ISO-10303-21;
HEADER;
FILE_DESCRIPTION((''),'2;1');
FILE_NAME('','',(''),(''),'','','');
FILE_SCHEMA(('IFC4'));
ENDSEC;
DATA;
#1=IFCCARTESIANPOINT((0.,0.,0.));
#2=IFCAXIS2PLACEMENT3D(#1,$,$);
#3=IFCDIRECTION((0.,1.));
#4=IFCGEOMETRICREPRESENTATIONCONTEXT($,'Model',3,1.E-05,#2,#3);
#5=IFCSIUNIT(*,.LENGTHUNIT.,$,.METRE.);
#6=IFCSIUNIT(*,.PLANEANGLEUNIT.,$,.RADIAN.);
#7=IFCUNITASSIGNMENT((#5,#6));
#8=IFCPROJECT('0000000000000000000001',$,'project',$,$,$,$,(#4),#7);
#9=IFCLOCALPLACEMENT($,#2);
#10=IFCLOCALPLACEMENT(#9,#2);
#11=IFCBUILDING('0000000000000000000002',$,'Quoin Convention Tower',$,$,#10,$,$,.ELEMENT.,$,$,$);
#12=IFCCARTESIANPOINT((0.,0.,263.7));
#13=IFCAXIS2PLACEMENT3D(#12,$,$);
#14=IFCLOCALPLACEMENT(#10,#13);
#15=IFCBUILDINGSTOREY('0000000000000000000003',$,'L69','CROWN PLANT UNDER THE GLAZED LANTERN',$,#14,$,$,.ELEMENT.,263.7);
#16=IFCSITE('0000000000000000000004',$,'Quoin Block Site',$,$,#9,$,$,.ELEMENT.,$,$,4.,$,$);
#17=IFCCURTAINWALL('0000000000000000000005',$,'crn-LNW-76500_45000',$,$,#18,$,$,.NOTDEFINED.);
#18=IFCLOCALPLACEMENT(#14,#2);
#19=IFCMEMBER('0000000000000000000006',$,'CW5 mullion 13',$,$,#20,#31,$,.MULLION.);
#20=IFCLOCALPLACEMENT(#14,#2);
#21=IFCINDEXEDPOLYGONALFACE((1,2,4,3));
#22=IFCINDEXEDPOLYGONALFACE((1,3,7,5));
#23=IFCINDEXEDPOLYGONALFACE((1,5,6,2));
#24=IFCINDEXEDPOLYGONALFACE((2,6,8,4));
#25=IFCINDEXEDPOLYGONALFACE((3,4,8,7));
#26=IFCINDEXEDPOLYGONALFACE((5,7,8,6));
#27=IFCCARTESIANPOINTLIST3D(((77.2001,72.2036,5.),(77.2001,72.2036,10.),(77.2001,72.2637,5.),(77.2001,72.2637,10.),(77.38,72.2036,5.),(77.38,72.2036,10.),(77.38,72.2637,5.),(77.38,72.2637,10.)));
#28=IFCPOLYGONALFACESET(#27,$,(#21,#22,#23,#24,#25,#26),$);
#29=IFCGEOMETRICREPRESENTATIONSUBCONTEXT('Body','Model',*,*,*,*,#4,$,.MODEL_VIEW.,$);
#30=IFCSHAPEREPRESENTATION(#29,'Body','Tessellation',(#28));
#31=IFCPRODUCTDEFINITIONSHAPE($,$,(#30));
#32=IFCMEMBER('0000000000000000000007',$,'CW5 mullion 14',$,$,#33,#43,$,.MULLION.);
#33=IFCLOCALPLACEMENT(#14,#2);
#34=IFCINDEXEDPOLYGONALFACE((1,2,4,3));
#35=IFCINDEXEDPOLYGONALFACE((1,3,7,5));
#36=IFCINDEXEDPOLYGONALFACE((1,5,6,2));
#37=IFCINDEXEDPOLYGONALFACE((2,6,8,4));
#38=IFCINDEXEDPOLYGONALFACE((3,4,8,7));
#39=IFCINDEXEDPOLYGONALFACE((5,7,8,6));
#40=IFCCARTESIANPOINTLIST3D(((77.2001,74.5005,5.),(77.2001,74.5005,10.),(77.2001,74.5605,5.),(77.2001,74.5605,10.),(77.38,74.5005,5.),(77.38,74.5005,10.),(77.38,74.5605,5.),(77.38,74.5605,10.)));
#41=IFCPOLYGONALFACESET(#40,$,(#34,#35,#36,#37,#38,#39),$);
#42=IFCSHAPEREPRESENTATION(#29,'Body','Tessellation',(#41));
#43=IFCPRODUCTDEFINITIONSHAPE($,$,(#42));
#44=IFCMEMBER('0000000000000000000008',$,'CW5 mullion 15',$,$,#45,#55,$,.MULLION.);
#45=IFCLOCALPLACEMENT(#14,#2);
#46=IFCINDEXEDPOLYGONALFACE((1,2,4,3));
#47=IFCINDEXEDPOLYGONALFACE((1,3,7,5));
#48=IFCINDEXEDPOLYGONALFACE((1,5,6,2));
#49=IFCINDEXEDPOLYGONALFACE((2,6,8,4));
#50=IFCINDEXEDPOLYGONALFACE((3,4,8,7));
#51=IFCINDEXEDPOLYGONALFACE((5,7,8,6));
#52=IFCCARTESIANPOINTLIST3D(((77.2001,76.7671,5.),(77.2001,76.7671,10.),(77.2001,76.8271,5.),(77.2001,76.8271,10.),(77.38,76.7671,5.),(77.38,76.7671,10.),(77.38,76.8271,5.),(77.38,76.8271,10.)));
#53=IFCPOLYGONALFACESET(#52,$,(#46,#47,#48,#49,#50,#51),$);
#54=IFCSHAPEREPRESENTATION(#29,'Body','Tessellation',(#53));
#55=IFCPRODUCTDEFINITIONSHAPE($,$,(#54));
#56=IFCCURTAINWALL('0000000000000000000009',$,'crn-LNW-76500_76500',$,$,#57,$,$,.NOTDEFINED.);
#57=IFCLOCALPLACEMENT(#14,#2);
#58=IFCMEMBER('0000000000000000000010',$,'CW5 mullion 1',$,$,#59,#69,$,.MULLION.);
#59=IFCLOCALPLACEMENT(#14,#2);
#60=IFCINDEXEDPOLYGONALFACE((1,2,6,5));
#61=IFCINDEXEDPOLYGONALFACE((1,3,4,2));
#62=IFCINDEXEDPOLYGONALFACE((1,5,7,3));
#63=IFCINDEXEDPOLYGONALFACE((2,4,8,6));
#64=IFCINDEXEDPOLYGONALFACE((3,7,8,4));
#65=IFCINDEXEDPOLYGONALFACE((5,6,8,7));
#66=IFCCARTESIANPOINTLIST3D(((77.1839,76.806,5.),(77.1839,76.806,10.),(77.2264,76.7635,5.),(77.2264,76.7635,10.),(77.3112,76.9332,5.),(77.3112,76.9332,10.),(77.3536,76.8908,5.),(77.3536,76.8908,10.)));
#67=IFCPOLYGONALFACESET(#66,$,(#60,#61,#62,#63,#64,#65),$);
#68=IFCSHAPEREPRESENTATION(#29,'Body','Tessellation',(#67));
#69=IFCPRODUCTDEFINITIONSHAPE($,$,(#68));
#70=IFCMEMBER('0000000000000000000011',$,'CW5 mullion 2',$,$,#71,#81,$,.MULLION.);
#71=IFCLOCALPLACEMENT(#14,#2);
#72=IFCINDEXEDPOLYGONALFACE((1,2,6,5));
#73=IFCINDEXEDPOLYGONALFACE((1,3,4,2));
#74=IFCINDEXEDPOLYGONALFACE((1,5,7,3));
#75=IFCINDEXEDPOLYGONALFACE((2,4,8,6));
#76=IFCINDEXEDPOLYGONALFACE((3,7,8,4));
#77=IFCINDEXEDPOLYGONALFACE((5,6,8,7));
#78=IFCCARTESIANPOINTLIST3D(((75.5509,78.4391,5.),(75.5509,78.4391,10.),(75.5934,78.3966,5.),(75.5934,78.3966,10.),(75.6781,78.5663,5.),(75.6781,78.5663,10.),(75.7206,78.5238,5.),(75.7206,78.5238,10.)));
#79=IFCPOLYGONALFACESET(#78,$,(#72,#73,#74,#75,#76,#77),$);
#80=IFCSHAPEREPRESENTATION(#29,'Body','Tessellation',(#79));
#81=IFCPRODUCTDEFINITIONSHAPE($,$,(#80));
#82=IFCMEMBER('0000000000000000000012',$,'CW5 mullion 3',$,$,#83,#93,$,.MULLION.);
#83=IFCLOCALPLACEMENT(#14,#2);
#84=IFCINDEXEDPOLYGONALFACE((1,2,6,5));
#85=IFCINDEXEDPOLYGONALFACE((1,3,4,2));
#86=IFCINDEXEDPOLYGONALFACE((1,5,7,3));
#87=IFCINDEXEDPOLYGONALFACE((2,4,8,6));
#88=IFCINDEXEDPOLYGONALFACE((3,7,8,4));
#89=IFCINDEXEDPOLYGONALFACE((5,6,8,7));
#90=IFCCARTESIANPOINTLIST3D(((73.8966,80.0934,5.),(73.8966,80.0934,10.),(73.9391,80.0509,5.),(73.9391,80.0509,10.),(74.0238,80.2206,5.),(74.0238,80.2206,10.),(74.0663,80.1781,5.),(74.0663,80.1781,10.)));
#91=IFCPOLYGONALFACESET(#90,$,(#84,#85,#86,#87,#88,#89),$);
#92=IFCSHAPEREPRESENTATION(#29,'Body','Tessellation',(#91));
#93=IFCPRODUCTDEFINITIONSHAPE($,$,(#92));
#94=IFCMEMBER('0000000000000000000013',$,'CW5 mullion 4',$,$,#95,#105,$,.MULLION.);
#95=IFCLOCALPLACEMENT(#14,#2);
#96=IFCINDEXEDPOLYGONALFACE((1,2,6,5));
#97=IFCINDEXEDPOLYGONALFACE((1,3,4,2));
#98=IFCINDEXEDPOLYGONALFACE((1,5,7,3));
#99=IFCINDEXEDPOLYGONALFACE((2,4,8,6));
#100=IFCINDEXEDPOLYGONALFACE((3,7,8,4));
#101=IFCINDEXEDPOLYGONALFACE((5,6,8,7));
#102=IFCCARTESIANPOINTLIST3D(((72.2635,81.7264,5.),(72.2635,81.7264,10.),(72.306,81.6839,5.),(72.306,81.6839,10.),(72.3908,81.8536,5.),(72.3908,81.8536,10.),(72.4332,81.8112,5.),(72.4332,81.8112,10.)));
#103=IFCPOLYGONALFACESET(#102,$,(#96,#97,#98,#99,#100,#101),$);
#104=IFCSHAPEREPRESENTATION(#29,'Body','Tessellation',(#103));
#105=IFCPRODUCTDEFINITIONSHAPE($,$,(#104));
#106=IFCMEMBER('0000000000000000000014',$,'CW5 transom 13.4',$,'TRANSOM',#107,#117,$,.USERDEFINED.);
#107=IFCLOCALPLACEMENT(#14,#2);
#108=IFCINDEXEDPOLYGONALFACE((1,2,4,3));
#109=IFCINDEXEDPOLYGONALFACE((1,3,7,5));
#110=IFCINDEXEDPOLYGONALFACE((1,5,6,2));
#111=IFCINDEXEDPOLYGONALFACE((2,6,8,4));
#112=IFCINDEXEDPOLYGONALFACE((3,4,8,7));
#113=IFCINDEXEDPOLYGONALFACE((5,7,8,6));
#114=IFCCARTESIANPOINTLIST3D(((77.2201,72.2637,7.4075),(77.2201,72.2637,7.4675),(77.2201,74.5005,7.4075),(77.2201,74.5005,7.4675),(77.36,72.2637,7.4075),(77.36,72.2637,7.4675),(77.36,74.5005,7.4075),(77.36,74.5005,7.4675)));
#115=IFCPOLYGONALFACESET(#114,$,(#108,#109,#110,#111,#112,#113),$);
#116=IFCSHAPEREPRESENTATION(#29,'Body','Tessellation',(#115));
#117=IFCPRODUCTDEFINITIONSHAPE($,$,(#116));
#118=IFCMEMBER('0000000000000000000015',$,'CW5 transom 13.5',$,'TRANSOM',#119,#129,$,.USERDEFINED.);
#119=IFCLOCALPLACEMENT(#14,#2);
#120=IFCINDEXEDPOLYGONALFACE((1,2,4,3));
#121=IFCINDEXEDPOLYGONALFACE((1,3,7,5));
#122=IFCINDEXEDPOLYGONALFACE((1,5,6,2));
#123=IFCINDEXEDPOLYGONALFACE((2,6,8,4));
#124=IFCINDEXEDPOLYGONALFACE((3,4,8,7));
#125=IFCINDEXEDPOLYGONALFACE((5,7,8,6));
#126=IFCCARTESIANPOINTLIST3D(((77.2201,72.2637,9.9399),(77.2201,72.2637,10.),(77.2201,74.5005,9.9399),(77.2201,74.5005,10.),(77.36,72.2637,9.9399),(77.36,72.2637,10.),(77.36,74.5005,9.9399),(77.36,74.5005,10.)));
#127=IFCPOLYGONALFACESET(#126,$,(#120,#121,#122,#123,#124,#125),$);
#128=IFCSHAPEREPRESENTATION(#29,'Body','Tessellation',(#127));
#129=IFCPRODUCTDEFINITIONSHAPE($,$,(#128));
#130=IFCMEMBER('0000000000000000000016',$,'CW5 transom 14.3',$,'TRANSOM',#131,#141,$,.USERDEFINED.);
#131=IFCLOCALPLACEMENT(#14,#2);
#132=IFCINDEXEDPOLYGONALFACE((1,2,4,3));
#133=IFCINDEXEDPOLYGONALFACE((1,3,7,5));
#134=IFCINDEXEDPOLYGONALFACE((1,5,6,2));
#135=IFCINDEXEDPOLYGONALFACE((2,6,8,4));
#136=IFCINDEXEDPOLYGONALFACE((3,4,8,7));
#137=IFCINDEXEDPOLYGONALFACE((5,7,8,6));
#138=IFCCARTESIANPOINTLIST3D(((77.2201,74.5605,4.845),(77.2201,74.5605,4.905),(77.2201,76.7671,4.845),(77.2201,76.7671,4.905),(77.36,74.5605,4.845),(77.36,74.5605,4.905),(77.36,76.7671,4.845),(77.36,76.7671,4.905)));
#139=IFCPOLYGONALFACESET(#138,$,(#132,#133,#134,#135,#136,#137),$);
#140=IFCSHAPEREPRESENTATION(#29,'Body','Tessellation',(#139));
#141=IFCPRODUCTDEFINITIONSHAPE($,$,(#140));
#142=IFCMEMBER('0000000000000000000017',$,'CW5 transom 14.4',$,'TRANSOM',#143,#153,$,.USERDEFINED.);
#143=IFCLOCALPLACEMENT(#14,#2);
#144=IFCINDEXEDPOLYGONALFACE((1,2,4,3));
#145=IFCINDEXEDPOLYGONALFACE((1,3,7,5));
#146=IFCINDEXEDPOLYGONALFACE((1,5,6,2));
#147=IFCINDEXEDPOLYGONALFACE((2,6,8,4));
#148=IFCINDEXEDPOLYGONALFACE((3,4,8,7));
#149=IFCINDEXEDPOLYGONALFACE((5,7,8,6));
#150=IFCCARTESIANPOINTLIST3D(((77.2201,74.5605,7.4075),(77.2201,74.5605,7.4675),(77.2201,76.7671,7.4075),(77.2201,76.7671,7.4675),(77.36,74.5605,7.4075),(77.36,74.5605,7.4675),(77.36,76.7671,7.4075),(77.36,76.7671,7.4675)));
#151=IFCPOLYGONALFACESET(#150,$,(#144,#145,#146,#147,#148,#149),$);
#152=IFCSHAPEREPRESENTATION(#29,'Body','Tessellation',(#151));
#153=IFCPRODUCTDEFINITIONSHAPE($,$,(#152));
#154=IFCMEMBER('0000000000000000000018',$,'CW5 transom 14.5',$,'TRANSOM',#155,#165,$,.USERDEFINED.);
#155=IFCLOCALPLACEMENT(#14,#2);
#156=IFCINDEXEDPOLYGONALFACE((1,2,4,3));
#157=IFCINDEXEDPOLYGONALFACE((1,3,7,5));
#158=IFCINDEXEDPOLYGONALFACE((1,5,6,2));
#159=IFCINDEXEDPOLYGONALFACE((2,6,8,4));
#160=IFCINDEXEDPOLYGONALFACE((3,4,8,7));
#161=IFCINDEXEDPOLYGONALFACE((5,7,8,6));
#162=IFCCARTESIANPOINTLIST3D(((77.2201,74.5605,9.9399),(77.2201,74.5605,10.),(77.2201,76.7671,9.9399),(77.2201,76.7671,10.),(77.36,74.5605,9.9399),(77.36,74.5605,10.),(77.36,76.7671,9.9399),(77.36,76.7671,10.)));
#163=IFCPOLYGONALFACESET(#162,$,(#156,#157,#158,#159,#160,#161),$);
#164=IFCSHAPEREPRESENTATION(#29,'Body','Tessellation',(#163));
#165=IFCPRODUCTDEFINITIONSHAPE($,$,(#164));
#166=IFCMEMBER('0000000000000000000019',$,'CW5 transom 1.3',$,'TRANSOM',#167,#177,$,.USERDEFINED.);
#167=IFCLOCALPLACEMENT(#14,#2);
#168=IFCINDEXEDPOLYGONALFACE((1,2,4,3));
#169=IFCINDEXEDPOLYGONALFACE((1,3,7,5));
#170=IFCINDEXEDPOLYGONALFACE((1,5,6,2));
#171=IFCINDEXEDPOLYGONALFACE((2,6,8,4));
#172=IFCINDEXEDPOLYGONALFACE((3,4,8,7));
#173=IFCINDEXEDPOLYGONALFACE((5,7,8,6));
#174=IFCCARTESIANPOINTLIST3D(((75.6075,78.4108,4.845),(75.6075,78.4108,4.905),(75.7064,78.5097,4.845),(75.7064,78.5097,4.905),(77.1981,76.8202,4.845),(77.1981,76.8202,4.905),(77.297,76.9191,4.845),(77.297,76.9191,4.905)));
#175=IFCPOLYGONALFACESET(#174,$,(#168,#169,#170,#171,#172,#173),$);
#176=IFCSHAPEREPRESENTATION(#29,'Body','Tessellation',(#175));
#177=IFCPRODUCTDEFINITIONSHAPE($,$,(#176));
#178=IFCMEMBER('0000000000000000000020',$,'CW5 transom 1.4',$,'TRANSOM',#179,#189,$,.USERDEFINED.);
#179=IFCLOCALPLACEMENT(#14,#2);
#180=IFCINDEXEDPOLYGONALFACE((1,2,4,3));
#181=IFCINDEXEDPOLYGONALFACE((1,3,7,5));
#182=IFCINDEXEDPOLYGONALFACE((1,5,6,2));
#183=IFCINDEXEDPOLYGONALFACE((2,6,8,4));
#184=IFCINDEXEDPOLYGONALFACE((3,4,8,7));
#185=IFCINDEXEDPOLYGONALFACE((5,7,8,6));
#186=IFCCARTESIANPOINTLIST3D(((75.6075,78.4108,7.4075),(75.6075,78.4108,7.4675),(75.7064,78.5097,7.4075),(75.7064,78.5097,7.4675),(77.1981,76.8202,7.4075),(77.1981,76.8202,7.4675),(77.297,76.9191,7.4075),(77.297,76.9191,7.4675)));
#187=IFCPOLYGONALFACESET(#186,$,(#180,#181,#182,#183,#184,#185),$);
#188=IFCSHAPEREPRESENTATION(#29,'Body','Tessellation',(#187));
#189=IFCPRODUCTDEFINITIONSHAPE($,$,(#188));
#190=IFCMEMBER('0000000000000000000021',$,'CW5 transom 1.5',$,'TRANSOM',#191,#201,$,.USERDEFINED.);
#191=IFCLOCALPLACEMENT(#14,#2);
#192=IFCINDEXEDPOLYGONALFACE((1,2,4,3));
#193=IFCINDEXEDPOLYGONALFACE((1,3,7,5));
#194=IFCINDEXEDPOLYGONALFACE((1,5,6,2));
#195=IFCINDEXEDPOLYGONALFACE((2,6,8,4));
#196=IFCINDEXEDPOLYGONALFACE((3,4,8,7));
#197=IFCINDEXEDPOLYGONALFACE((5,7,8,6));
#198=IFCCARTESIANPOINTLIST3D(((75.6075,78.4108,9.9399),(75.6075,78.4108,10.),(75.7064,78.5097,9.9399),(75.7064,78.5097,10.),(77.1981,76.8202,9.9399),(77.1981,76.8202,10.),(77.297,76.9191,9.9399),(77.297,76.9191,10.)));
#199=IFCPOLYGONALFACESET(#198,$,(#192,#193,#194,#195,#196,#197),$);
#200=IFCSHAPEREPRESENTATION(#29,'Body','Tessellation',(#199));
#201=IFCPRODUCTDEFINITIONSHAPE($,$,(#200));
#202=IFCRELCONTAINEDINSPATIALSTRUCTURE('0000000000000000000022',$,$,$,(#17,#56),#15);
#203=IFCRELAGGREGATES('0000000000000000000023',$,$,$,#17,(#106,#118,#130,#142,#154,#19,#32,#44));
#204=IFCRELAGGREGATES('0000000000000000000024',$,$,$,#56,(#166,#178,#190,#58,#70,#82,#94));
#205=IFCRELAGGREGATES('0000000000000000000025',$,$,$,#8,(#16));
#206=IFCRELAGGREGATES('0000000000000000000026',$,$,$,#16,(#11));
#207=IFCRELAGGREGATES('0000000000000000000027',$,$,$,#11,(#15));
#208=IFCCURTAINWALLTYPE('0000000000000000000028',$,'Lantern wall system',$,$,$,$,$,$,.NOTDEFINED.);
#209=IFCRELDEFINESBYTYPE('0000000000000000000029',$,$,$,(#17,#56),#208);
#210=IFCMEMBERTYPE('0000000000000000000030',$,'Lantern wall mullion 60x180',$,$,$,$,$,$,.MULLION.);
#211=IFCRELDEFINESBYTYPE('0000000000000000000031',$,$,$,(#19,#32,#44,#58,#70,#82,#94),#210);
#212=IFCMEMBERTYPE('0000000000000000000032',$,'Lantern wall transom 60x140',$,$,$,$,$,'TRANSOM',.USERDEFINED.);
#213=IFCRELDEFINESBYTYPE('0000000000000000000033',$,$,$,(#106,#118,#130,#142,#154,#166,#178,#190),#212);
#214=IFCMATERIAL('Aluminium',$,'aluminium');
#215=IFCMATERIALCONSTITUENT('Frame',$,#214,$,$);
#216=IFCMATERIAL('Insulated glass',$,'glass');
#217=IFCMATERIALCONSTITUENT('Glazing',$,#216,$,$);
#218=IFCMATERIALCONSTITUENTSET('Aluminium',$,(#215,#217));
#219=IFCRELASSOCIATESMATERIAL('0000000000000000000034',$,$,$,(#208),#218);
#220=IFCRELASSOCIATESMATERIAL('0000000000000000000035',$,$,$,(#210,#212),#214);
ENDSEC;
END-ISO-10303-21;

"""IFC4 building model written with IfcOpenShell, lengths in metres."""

from ifc_helpers import new_model, si_unit, direction, frame, origin, origin_2d, place, context, subcontext, project, spatial, rectangle, extrude, material, constituent, constituent_set, material_profile, profile_set, type_object, element, aggregate, save


model = new_model("IFC4")

# Units and contexts
model_context = context("Model", 3, precision=1e-05, world=origin(), true_north=direction((0.0, 1.0)))
body_context = subcontext(model_context, "Body", "Model", "MODEL_VIEW")
ifc_project = project(units=[si_unit("LENGTHUNIT", "METRE"), si_unit("PLANEANGLEUNIT", "RADIAN")], contexts=[model_context])

# Site, building, storey
site_placement = place(None, origin())
site = spatial("IfcSite", under=ifc_project, at=site_placement, Name="Quoin Block Site", CompositionType="ELEMENT", RefElevation=4.0)
building_placement = place(site_placement, origin())
building = spatial("IfcBuilding", under=site, at=building_placement, Name="Quoin Convention Tower", CompositionType="ELEMENT")
storey_placement = place(building_placement, frame((0.0, 0.0, 263.7)))
storey = spatial("IfcBuildingStorey", under=building, at=storey_placement, Name="L69", Description="CROWN PLANT UNDER THE GLAZED LANTERN", CompositionType="ELEMENT", Elevation=263.7)

# Curtain walls, members
ifc_material_1 = material(Name="Aluminium", Category="aluminium")
ifc_constituent_1 = constituent(ifc_material_1, Name="Frame")
ifc_material_2 = material(Name="Insulated glass", Category="glass")
ifc_constituent_2 = constituent(ifc_material_2, Name="Glazing")
ifc_constituent_set = constituent_set(constituents=[ifc_constituent_1, ifc_constituent_2], Name="Aluminium")
curtain_wall_type = type_object("IfcCurtainWallType", Name="Lantern wall system", PredefinedType="NOTDEFINED", material=ifc_constituent_set)
curtain_wall_1_placement = place(storey_placement, origin())
curtain_wall_1 = element("IfcCurtainWall", 1, at=curtain_wall_1_placement, inside=storey, type_object=curtain_wall_type, Name="crn-LNW-76500_45000", PredefinedType="NOTDEFINED")
ifc_material_profile_1 = material_profile(ifc_material_1, rectangle(XDim=0.1799, YDim=0.0601, at=origin_2d()), Name="Lantern wall mullion 60x180")
ifc_profile_set_1 = profile_set([ifc_material_profile_1], Name="Aluminium")
member_type_1 = type_object("IfcMemberType", Name="Lantern wall mullion 60x180", PredefinedType="MULLION", material=ifc_profile_set_1)
member_1_placement = place(storey_placement, frame((77.29, 72.2336, 5.0), z_axis=(0.0, 0.0, 1.0), x_axis=(-1.0, 0.0, 0.0)))
member_1 = element("IfcMember", 2, at=member_1_placement, type_object=member_type_1, Name="CW5 mullion 13", PredefinedType="MULLION", context=body_context, shape_type="SweptSolid", body=[
    extrude(rectangle(XDim=0.1799, YDim=0.0601, at=origin_2d()), origin(), (0.0, 0.0, 1.0), 5.0),
])
member_2_placement = place(storey_placement, frame((77.29, 74.5305, 5.0), z_axis=(0.0, 0.0, 1.0), x_axis=(-1.0, 0.0, 0.0)))
member_2 = element("IfcMember", 3, at=member_2_placement, type_object=member_type_1, Name="CW5 mullion 14", PredefinedType="MULLION", context=body_context, shape_type="SweptSolid", body=[
    extrude(rectangle(XDim=0.1799, YDim=0.0601, at=origin_2d()), origin(), (0.0, 0.0, 1.0), 5.0),
])
member_3_placement = place(storey_placement, frame((77.29, 76.7971, 5.0), z_axis=(0.0, 0.0, 1.0), x_axis=(-1.0, 0.0, 0.0)))
member_3 = element("IfcMember", 4, at=member_3_placement, type_object=member_type_1, Name="CW5 mullion 15", PredefinedType="MULLION", context=body_context, shape_type="SweptSolid", body=[
    extrude(rectangle(XDim=0.1799, YDim=0.0601, at=origin_2d()), origin(), (0.0, 0.0, 1.0), 5.0),
])
curtain_wall_2_placement = place(storey_placement, origin())
curtain_wall_2 = element("IfcCurtainWall", 5, at=curtain_wall_2_placement, inside=storey, type_object=curtain_wall_type, Name="crn-LNW-76500_76500", PredefinedType="NOTDEFINED")
member_4_placement = place(storey_placement, frame((77.2688, 76.8484, 5.0), z_axis=(0.0, 0.0, 1.0), x_axis=(-0.707107, -0.707107, 0.0)))
member_4 = element("IfcMember", 6, at=member_4_placement, type_object=member_type_1, Name="CW5 mullion 1", PredefinedType="MULLION", context=body_context, shape_type="SweptSolid", body=[
    extrude(rectangle(XDim=0.1799, YDim=0.0601, at=origin_2d()), origin(), (0.0, 0.0, 1.0), 5.0),
])
member_5_placement = place(storey_placement, frame((75.6357, 78.4814, 5.0), z_axis=(0.0, 0.0, 1.0), x_axis=(-0.707107, -0.707107, 0.0)))
member_5 = element("IfcMember", 7, at=member_5_placement, type_object=member_type_1, Name="CW5 mullion 2", PredefinedType="MULLION", context=body_context, shape_type="SweptSolid", body=[
    extrude(rectangle(XDim=0.1799, YDim=0.0601, at=origin_2d()), origin(), (0.0, 0.0, 1.0), 5.0),
])
member_6_placement = place(storey_placement, frame((73.9814, 80.1357, 5.0), z_axis=(0.0, 0.0, 1.0), x_axis=(-0.707107, -0.707107, 0.0)))
member_6 = element("IfcMember", 8, at=member_6_placement, type_object=member_type_1, Name="CW5 mullion 3", PredefinedType="MULLION", context=body_context, shape_type="SweptSolid", body=[
    extrude(rectangle(XDim=0.1799, YDim=0.0601, at=origin_2d()), origin(), (0.0, 0.0, 1.0), 5.0),
])
member_7_placement = place(storey_placement, frame((72.3484, 81.7688, 5.0), z_axis=(0.0, 0.0, 1.0), x_axis=(-0.707107, -0.707107, 0.0)))
member_7 = element("IfcMember", 9, at=member_7_placement, type_object=member_type_1, Name="CW5 mullion 4", PredefinedType="MULLION", context=body_context, shape_type="SweptSolid", body=[
    extrude(rectangle(XDim=0.1799, YDim=0.0601, at=origin_2d()), origin(), (0.0, 0.0, 1.0), 5.0),
])

# Members
ifc_material_profile_2 = material_profile(ifc_material_1, rectangle(XDim=0.1399, YDim=0.0601, at=origin_2d()), Name="Lantern wall transom 60x140")
ifc_profile_set_2 = profile_set([ifc_material_profile_2], Name="Aluminium")
member_type_2 = type_object("IfcMemberType", Name="Lantern wall transom 60x140", ElementType="TRANSOM", PredefinedType="USERDEFINED", material=ifc_profile_set_2)
member_8_placement = place(storey_placement, frame((77.29, 72.2637, 7.4375), z_axis=(0.0, 1.0, 0.0), x_axis=(-1.0, 0.0, 0.0)))
member_8 = element("IfcMember", 10, at=member_8_placement, type_object=member_type_2, Name="CW5 transom 13.4", ObjectType="TRANSOM", PredefinedType="USERDEFINED", context=body_context, shape_type="SweptSolid", body=[
    extrude(rectangle(XDim=0.1399, YDim=0.0601, at=origin_2d()), origin(), (0.0, 0.0, 1.0), 2.2368),
])
member_9_placement = place(storey_placement, frame((77.29, 72.2637, 9.97), z_axis=(0.0, 1.0, 0.0), x_axis=(-1.0, 0.0, 0.0)))
member_9 = element("IfcMember", 11, at=member_9_placement, type_object=member_type_2, Name="CW5 transom 13.5", ObjectType="TRANSOM", PredefinedType="USERDEFINED", context=body_context, shape_type="SweptSolid", body=[
    extrude(rectangle(XDim=0.1399, YDim=0.0601, at=origin_2d()), origin(), (0.0, 0.0, 1.0), 2.2368),
])
member_10_placement = place(storey_placement, frame((77.29, 74.5605, 4.875), z_axis=(0.0, 1.0, 0.0), x_axis=(-1.0, 0.0, 0.0)))
member_10 = element("IfcMember", 12, at=member_10_placement, type_object=member_type_2, Name="CW5 transom 14.3", ObjectType="TRANSOM", PredefinedType="USERDEFINED", context=body_context, shape_type="SweptSolid", body=[
    extrude(rectangle(XDim=0.1399, YDim=0.0601, at=origin_2d()), origin(), (0.0, 0.0, 1.0), 2.2065),
])
member_11_placement = place(storey_placement, frame((77.29, 74.5605, 7.4375), z_axis=(0.0, 1.0, 0.0), x_axis=(-1.0, 0.0, 0.0)))
member_11 = element("IfcMember", 13, at=member_11_placement, type_object=member_type_2, Name="CW5 transom 14.4", ObjectType="TRANSOM", PredefinedType="USERDEFINED", context=body_context, shape_type="SweptSolid", body=[
    extrude(rectangle(XDim=0.1399, YDim=0.0601, at=origin_2d()), origin(), (0.0, 0.0, 1.0), 2.2065),
])
member_12_placement = place(storey_placement, frame((77.29, 74.5605, 9.97), z_axis=(0.0, 1.0, 0.0), x_axis=(-1.0, 0.0, 0.0)))
member_12 = element("IfcMember", 14, at=member_12_placement, type_object=member_type_2, Name="CW5 transom 14.5", ObjectType="TRANSOM", PredefinedType="USERDEFINED", context=body_context, shape_type="SweptSolid", body=[
    extrude(rectangle(XDim=0.1399, YDim=0.0601, at=origin_2d()), origin(), (0.0, 0.0, 1.0), 2.2065),
])
member_13_placement = place(storey_placement, frame((77.2476, 76.8696, 4.875), z_axis=(-0.707107, 0.707107, 0.0), x_axis=(-0.707107, -0.707107, 0.0)))
member_13 = element("IfcMember", 15, at=member_13_placement, type_object=member_type_2, Name="CW5 transom 1.3", ObjectType="TRANSOM", PredefinedType="USERDEFINED", context=body_context, shape_type="SweptSolid", body=[
    extrude(rectangle(XDim=0.1399, YDim=0.0601, at=origin_2d()), origin(), (0.0, 0.0, 1.0), 2.2495),
])
member_14_placement = place(storey_placement, frame((77.2476, 76.8696, 7.4375), z_axis=(-0.707107, 0.707107, 0.0), x_axis=(-0.707107, -0.707107, 0.0)))
member_14 = element("IfcMember", 16, at=member_14_placement, type_object=member_type_2, Name="CW5 transom 1.4", ObjectType="TRANSOM", PredefinedType="USERDEFINED", context=body_context, shape_type="SweptSolid", body=[
    extrude(rectangle(XDim=0.1399, YDim=0.0601, at=origin_2d()), origin(), (0.0, 0.0, 1.0), 2.2495),
])
member_15_placement = place(storey_placement, frame((77.2476, 76.8696, 9.97), z_axis=(-0.707107, 0.707107, 0.0), x_axis=(-0.707107, -0.707107, 0.0)))
member_15 = element("IfcMember", 17, at=member_15_placement, type_object=member_type_2, Name="CW5 transom 1.5", ObjectType="TRANSOM", PredefinedType="USERDEFINED", context=body_context, shape_type="SweptSolid", body=[
    extrude(rectangle(XDim=0.1399, YDim=0.0601, at=origin_2d()), origin(), (0.0, 0.0, 1.0), 2.2495),
])

aggregate(curtain_wall_1, [member_8, member_9, member_10, member_11, member_12, member_1, member_2, member_3])
aggregate(curtain_wall_2, [member_13, member_14, member_15, member_4, member_5, member_6, member_7])

save(model, "model.ifc")
